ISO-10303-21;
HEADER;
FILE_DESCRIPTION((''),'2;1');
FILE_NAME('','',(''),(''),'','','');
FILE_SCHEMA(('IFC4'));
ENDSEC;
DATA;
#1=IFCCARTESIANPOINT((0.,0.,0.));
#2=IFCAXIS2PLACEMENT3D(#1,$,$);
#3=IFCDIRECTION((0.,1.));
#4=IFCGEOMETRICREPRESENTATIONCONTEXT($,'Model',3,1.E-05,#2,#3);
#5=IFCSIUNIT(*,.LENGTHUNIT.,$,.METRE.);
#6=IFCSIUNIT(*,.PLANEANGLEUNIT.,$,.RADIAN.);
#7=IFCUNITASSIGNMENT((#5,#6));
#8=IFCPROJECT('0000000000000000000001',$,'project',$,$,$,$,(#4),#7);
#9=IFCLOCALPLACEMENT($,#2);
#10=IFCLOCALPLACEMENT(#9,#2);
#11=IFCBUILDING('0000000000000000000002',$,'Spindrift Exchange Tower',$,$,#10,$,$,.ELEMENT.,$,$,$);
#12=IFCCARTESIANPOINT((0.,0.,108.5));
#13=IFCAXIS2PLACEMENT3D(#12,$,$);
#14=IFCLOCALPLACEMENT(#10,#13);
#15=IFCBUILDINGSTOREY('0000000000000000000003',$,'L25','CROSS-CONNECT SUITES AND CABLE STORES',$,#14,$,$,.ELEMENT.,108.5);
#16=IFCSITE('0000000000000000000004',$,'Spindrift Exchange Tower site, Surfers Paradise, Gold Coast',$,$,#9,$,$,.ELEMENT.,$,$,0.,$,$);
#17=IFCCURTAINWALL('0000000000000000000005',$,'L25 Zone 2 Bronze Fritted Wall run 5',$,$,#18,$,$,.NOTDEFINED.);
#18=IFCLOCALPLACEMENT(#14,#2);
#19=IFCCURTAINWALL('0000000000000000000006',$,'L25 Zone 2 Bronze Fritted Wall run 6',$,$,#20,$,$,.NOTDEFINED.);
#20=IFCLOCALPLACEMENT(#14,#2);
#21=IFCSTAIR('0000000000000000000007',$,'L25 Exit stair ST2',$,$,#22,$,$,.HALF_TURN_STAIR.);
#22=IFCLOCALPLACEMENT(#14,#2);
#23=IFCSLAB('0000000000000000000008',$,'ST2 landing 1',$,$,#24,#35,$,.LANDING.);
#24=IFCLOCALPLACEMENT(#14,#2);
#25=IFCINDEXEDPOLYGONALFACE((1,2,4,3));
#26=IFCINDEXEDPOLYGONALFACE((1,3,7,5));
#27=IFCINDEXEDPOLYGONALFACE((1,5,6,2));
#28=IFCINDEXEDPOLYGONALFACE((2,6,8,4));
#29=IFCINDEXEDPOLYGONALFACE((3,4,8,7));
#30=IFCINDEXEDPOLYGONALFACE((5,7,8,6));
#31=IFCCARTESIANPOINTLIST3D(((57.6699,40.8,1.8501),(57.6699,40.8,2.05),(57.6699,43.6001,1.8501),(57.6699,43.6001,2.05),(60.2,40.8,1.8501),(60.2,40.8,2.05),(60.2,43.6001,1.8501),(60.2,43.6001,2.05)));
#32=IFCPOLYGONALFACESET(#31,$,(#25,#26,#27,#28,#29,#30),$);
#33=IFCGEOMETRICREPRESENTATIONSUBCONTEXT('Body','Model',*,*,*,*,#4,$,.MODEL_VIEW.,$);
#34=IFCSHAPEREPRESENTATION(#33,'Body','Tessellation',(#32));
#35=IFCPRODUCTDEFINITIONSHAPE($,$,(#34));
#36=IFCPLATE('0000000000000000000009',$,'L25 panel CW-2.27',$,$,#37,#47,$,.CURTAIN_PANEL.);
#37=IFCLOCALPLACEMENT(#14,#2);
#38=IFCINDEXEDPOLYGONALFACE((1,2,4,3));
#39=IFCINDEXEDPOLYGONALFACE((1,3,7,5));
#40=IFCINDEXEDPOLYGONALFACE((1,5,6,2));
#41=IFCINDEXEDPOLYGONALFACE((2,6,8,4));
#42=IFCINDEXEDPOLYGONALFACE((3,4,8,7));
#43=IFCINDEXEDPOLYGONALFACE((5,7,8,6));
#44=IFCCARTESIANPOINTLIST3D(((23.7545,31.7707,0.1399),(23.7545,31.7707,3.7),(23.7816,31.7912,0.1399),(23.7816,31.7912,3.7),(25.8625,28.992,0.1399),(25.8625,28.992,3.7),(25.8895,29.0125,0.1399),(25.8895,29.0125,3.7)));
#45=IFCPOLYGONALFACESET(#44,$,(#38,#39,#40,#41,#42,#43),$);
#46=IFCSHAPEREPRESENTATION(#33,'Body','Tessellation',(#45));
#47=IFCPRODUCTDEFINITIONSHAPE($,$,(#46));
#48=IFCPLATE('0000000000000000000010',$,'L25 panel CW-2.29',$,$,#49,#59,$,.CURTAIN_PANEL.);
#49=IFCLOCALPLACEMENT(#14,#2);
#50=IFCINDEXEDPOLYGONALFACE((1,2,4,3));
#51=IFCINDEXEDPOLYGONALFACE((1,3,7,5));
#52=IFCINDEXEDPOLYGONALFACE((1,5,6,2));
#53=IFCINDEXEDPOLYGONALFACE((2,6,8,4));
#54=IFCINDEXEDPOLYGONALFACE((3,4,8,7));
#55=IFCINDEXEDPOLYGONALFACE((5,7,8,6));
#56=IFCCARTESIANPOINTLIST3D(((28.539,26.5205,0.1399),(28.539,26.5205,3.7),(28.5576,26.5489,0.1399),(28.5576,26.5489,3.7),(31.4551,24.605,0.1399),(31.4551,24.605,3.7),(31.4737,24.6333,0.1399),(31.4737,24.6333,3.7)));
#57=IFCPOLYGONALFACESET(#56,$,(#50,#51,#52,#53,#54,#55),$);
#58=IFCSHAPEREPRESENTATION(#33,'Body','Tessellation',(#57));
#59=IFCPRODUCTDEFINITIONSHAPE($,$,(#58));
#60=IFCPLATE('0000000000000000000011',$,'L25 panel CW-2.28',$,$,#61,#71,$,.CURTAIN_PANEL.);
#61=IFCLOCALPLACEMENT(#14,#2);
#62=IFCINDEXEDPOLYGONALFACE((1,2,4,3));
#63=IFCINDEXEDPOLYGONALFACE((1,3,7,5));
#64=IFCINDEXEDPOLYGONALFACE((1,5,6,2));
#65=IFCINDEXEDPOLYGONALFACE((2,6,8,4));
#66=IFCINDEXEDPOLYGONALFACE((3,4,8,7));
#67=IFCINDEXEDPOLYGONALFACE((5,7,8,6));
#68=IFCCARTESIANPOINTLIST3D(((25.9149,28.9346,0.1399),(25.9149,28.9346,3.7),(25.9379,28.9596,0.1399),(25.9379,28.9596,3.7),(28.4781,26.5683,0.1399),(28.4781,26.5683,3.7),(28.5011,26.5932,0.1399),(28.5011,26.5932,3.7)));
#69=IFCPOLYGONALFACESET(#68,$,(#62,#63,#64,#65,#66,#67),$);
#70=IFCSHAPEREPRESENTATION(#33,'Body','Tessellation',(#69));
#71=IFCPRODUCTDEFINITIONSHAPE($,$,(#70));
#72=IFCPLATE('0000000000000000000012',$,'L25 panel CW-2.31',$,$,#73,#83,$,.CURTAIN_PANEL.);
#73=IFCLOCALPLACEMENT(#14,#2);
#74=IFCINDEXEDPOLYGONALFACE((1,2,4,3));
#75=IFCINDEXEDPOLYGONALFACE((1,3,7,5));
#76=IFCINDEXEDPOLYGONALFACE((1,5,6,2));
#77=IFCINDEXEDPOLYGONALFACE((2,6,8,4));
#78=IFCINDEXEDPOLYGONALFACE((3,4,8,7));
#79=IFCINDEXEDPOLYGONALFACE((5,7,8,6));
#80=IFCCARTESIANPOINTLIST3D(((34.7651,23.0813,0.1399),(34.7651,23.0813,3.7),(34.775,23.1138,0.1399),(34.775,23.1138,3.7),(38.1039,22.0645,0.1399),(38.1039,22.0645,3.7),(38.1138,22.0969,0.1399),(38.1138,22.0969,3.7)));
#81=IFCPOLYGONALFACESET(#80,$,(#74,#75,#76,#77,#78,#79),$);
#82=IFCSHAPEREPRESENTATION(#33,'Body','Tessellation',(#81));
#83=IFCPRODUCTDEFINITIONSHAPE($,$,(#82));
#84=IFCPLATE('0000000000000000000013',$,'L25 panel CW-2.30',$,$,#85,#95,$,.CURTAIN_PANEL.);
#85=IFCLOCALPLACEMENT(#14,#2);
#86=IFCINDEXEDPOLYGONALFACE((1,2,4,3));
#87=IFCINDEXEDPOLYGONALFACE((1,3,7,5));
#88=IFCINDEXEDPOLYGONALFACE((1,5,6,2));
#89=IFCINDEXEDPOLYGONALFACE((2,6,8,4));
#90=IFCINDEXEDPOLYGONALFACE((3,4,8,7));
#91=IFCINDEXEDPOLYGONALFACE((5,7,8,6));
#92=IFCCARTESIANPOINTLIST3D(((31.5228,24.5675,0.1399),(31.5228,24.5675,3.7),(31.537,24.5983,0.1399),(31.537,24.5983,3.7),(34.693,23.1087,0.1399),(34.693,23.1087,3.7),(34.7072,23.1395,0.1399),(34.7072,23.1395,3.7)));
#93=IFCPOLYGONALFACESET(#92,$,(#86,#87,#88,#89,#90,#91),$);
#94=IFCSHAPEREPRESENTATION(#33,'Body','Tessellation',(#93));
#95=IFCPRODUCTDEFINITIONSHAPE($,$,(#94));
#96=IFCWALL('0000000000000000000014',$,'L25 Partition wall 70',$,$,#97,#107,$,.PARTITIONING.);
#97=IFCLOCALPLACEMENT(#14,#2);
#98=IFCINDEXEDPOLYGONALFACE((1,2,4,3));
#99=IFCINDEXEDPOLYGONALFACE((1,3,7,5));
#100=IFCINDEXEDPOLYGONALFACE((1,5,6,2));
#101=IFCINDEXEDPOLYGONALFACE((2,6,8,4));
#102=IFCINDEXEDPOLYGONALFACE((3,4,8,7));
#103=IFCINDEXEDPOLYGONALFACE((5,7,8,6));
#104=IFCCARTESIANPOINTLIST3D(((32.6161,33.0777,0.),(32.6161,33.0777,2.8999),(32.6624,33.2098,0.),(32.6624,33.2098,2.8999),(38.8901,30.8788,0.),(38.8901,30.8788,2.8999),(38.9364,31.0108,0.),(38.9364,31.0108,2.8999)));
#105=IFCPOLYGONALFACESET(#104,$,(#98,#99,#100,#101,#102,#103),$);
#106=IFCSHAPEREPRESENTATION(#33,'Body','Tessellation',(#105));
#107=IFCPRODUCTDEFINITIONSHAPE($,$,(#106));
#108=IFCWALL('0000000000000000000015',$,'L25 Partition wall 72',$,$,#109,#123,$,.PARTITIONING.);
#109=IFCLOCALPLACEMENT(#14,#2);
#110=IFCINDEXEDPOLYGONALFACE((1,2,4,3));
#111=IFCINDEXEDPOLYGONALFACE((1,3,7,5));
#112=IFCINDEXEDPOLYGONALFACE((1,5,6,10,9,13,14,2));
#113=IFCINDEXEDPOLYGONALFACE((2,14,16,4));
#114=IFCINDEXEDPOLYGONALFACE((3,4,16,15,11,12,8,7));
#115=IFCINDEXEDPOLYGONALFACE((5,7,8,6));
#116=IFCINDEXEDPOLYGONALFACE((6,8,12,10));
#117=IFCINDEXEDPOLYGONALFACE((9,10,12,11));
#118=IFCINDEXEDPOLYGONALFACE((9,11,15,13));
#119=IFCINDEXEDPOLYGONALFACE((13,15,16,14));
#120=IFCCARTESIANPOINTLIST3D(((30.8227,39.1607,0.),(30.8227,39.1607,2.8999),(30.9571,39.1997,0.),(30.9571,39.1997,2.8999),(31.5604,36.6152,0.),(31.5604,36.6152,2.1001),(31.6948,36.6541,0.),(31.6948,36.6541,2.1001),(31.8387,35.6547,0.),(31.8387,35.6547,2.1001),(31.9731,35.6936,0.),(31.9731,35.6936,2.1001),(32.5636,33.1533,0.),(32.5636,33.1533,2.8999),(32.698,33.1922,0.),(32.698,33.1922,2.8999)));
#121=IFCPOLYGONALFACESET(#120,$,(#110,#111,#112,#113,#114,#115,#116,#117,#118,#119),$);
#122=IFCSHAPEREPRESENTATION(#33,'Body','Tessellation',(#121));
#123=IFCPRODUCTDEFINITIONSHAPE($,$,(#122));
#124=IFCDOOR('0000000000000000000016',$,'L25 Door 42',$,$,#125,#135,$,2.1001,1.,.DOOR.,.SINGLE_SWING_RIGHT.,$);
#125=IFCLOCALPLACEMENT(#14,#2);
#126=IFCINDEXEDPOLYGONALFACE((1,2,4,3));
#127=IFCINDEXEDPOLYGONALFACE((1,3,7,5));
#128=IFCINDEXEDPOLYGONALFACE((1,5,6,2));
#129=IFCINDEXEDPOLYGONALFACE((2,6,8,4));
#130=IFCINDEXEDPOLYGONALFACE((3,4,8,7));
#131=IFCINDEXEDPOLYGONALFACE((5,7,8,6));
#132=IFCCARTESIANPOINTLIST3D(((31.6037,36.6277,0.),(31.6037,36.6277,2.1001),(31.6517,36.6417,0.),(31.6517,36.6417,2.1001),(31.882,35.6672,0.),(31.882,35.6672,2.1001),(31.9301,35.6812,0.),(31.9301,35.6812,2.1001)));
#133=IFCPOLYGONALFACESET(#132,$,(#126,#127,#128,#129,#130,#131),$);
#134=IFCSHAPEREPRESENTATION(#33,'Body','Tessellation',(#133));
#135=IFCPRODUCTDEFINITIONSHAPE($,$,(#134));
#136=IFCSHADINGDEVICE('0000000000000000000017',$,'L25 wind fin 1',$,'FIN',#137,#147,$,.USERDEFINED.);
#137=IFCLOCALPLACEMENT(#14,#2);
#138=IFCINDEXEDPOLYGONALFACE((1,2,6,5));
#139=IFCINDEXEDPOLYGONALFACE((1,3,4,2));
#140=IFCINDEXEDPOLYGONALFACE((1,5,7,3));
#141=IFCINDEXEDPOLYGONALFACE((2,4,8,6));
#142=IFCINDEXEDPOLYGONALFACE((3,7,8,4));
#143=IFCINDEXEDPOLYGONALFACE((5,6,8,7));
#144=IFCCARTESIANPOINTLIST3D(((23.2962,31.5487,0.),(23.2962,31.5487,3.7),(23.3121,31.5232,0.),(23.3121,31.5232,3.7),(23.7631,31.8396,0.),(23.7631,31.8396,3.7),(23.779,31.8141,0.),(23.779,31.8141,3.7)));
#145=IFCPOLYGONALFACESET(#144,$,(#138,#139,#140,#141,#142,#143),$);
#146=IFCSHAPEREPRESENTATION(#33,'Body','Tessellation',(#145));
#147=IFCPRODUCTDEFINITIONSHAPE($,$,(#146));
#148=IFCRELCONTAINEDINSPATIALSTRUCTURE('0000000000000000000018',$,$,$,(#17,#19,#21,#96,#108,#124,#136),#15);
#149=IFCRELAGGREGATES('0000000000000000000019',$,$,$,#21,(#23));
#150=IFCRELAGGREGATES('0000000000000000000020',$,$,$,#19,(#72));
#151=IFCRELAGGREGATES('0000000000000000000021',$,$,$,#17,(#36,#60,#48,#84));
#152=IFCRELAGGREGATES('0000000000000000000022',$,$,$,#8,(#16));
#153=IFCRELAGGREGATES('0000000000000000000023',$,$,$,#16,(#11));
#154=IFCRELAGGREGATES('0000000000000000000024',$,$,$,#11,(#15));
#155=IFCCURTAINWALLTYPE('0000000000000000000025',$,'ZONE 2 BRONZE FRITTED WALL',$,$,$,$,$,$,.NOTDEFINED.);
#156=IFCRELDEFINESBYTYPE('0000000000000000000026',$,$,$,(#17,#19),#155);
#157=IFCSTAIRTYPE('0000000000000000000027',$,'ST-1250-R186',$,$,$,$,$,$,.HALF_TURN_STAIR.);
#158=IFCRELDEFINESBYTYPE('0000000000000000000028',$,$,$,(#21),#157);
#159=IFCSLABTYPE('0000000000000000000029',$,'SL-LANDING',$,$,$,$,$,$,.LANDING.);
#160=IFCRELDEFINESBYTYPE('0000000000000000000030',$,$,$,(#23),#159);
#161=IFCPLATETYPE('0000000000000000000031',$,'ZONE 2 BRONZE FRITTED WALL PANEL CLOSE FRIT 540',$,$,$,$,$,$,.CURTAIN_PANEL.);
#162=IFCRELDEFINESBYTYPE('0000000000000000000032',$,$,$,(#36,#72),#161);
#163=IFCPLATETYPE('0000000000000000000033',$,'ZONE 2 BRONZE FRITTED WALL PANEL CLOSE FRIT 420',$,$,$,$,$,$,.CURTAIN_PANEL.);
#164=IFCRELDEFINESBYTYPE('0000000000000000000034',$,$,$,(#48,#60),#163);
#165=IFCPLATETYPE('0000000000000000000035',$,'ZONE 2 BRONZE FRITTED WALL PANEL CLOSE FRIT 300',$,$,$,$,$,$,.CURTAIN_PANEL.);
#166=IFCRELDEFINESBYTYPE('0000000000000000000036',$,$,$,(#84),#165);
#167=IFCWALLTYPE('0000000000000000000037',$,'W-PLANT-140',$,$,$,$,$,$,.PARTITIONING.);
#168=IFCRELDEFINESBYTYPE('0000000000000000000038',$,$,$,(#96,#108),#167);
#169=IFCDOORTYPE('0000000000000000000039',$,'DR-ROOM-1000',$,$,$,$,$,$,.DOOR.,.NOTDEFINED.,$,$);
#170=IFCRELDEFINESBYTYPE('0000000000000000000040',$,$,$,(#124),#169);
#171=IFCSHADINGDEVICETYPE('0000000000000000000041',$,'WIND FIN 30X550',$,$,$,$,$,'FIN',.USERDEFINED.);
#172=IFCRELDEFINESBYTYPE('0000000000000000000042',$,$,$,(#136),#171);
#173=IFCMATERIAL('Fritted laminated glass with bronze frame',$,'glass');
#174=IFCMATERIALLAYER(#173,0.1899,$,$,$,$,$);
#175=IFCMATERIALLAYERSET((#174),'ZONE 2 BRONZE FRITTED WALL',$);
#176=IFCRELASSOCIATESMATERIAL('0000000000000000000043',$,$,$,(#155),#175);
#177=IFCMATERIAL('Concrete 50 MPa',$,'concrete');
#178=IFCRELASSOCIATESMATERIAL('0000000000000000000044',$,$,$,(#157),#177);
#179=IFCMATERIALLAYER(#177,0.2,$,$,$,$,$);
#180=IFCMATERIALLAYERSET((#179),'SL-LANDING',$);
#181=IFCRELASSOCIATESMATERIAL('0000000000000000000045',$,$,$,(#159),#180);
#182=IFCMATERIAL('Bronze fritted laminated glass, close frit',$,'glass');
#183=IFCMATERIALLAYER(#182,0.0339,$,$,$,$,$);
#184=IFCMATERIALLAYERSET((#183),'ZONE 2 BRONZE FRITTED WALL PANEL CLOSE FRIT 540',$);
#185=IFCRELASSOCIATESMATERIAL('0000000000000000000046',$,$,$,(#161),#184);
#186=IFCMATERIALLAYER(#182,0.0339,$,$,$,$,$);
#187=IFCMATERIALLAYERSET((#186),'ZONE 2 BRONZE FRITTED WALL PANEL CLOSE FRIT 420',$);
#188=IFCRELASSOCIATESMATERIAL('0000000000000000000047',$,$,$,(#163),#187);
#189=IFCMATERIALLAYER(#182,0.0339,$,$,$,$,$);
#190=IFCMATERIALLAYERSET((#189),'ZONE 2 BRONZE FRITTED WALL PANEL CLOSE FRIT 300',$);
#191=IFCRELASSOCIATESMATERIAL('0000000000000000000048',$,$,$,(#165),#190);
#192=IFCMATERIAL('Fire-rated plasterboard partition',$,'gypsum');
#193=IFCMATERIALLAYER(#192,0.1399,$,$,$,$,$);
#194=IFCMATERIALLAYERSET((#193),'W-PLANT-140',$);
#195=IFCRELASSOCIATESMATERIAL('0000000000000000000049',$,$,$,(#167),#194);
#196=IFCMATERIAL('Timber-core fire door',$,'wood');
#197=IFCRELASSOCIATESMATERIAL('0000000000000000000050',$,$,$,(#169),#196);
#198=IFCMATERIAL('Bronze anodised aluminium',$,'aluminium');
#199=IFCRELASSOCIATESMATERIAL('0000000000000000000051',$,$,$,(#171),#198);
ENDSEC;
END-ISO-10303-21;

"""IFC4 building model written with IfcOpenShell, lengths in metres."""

from ifc_helpers import new_model, si_unit, direction, frame, frame_2d, origin, origin_2d, place, context, subcontext, project, spatial, line, indexed_curve, rectangle, outline, extrude, source, transform, mapped, material, layer, layer_set, material_profile, profile_set, type_object, element, fill, aggregate, save


model = new_model("IFC4")

# Units and contexts
model_context = context("Model", 3, precision=1e-05, world=origin(), true_north=direction((0.0, 1.0)))
body_context = subcontext(model_context, "Body", "Model", "MODEL_VIEW")
ifc_project = project(units=[si_unit("LENGTHUNIT", "METRE"), si_unit("PLANEANGLEUNIT", "RADIAN")], contexts=[model_context])

# Site, building, storey
site_placement = place(None, origin())
site = spatial("IfcSite", under=ifc_project, at=site_placement, Name="Spindrift Exchange Tower site, Surfers Paradise, Gold Coast", CompositionType="ELEMENT", RefElevation=0.0)
building_placement = place(site_placement, origin())
building = spatial("IfcBuilding", under=site, at=building_placement, Name="Spindrift Exchange Tower", CompositionType="ELEMENT")
storey_placement = place(building_placement, frame((0.0, 0.0, 108.5)))
storey = spatial("IfcBuildingStorey", under=building, at=storey_placement, Name="L25", Description="CROSS-CONNECT SUITES AND CABLE STORES", CompositionType="ELEMENT", Elevation=108.5)

# Curtain wall
ifc_material_1 = material(Name="Fritted laminated glass with bronze frame", Category="glass")
ifc_layer_1 = layer(ifc_material_1, 0.1899)
ifc_layer_set_1 = layer_set([ifc_layer_1], Name="ZONE 2 BRONZE FRITTED WALL")
curtain_wall_type = type_object("IfcCurtainWallType", Name="ZONE 2 BRONZE FRITTED WALL", PredefinedType="NOTDEFINED", material=ifc_layer_set_1)
curtain_wall_1_placement = place(storey_placement, origin())
curtain_wall_1 = element("IfcCurtainWall", 1, at=curtain_wall_1_placement, inside=storey, type_object=curtain_wall_type, Name="L25 Zone 2 Bronze Fritted Wall run 5", PredefinedType="NOTDEFINED")
ifc_material_2 = material(Name="Bronze anodised aluminium", Category="aluminium")

# Curtain wall
curtain_wall_2_placement = place(storey_placement, origin())
curtain_wall_2 = element("IfcCurtainWall", 2, at=curtain_wall_2_placement, inside=storey, type_object=curtain_wall_type, Name="L25 Zone 2 Bronze Fritted Wall run 6", PredefinedType="NOTDEFINED")

# Shared definitions
ifc_material_3 = material(Name="Concrete 50 MPa", Category="concrete")

# Stair, slab
stair_type = type_object("IfcStairType", Name="ST-1250-R186", PredefinedType="HALF_TURN_STAIR", material=ifc_material_3)
ifc_layer_2 = layer(ifc_material_3, 0.2)
ifc_layer_set_2 = layer_set([ifc_layer_2], Name="SL-LANDING")
slab_type_1 = type_object("IfcSlabType", Name="SL-LANDING", PredefinedType="LANDING", material=ifc_layer_set_2)
stair_1_placement = place(storey_placement, origin())
stair_1 = element("IfcStair", 3, at=stair_1_placement, inside=storey, type_object=stair_type, Name="L25 Exit stair ST2", PredefinedType="HALF_TURN_STAIR")
slab_1_placement = place(storey_placement, frame((0.0, 0.0, 1.8501)))
slab_1 = element("IfcSlab", 4, at=slab_1_placement, type_object=slab_type_1, Name="ST2 landing 1", PredefinedType="LANDING", context=body_context, shape_type="SweptSolid", body=[
    extrude(outline(indexed_curve([(57.6699, 43.6001), (60.2, 43.6001), (60.2, 40.8), (57.6699, 40.8)], segments=[line(1, 2, 3, 4, 1)], self_intersect=False)), origin(), (0.0, 0.0, 1.0), 0.2),
])
aggregate(stair_1, [slab_1])

# Plates
ifc_material_4 = material(Name="Bronze fritted laminated glass, close frit", Category="glass")
ifc_layer_3 = layer(ifc_material_4, 0.0339)
ifc_layer_set_3 = layer_set([ifc_layer_3], Name="ZONE 2 BRONZE FRITTED WALL PANEL CLOSE FRIT 540")
plate_type_1 = type_object("IfcPlateType", Name="ZONE 2 BRONZE FRITTED WALL PANEL CLOSE FRIT 540", PredefinedType="CURTAIN_PANEL", material=ifc_layer_set_3)
shared_shape_1 = source(origin(), body_context, "Body", "SweptSolid", [
    extrude(rectangle(XDim=3.4878, YDim=0.0339, at=origin_2d()), origin(), (0.0, 0.0, 1.0), 3.5601),
])
plate_1_placement = place(storey_placement, frame((24.822, 30.3916, 0.1399), z_axis=(0.0, 0.0, 1.0), x_axis=(0.604378, -0.796698, 0.0)))
plate_1 = element("IfcPlate", 5, at=plate_1_placement, type_object=plate_type_1, Name="L25 panel CW-2.27", PredefinedType="CURTAIN_PANEL", context=body_context, shape_type="MappedRepresentation", body=[
    mapped(shared_shape_1, transform((0.0, 0.0, 0.0), scale=1.0)),
])
ifc_layer_4 = layer(ifc_material_4, 0.0339)
ifc_layer_set_4 = layer_set([ifc_layer_4], Name="ZONE 2 BRONZE FRITTED WALL PANEL CLOSE FRIT 420")
plate_type_2 = type_object("IfcPlateType", Name="ZONE 2 BRONZE FRITTED WALL PANEL CLOSE FRIT 420", PredefinedType="CURTAIN_PANEL", material=ifc_layer_set_4)
shared_shape_2 = source(origin(), body_context, "Body", "SweptSolid", [
    extrude(rectangle(XDim=3.489, YDim=0.0339, at=origin_2d()), origin(), (0.0, 0.0, 1.0), 3.5601),
])
plate_2_placement = place(storey_placement, frame((30.0063, 25.5769, 0.1399), z_axis=(0.0, 0.0, 1.0), x_axis=(0.835808, -0.549021, 0.0)))
plate_2 = element("IfcPlate", 6, at=plate_2_placement, type_object=plate_type_2, Name="L25 panel CW-2.29", PredefinedType="CURTAIN_PANEL", context=body_context, shape_type="MappedRepresentation", body=[
    mapped(shared_shape_2, transform((0.0, 0.0, 0.0), scale=1.0)),
])
shared_shape_3 = source(origin(), body_context, "Body", "SweptSolid", [
    extrude(rectangle(XDim=3.4885, YDim=0.0339, at=origin_2d()), origin(), (0.0, 0.0, 1.0), 3.5601),
])
plate_3_placement = place(storey_placement, frame((27.208, 27.7639, 0.1399), z_axis=(0.0, 0.0, 1.0), x_axis=(0.734761, -0.678326, 0.0)))
plate_3 = element("IfcPlate", 7, at=plate_3_placement, type_object=plate_type_2, Name="L25 panel CW-2.28", PredefinedType="CURTAIN_PANEL", context=body_context, shape_type="MappedRepresentation", body=[
    mapped(shared_shape_3, transform((0.0, 0.0, 0.0), scale=1.0)),
])
shared_shape_4 = source(origin(), body_context, "Body", "SweptSolid", [
    extrude(rectangle(XDim=3.4902, YDim=0.0339, at=origin_2d()), origin(), (0.0, 0.0, 1.0), 3.5601),
])
plate_4_placement = place(storey_placement, frame((36.4395, 22.5891, 0.1399), z_axis=(0.0, 0.0, 1.0), x_axis=(0.95662, -0.291338, 0.0)))
plate_4 = element("IfcPlate", 8, at=plate_4_placement, type_object=plate_type_1, Name="L25 panel CW-2.31", PredefinedType="CURTAIN_PANEL", context=body_context, shape_type="MappedRepresentation", body=[
    mapped(shared_shape_4, transform((0.0, 0.0, 0.0), scale=1.0)),
])
aggregate(curtain_wall_2, [plate_4])
ifc_layer_5 = layer(ifc_material_4, 0.0339)
ifc_layer_set_5 = layer_set([ifc_layer_5], Name="ZONE 2 BRONZE FRITTED WALL PANEL CLOSE FRIT 300")
plate_type_3 = type_object("IfcPlateType", Name="ZONE 2 BRONZE FRITTED WALL PANEL CLOSE FRIT 300", PredefinedType="CURTAIN_PANEL", material=ifc_layer_set_5)
shared_shape_5 = source(origin(), body_context, "Body", "SweptSolid", [
    extrude(rectangle(XDim=3.4897, YDim=0.0339, at=origin_2d()), origin(), (0.0, 0.0, 1.0), 3.5601),
])
plate_5_placement = place(storey_placement, frame((33.115, 23.8535, 0.1399), z_axis=(0.0, 0.0, 1.0), x_axis=(0.908433, -0.41803, 0.0)))
plate_5 = element("IfcPlate", 9, at=plate_5_placement, type_object=plate_type_3, Name="L25 panel CW-2.30", PredefinedType="CURTAIN_PANEL", context=body_context, shape_type="MappedRepresentation", body=[
    mapped(shared_shape_5, transform((0.0, 0.0, 0.0), scale=1.0)),
])
aggregate(curtain_wall_1, [plate_1, plate_3, plate_2, plate_5])

# Wall
ifc_material_5 = material(Name="Fire-rated plasterboard partition", Category="gypsum")
ifc_layer_6 = layer(ifc_material_5, 0.1399)
ifc_layer_set_6 = layer_set([ifc_layer_6], Name="W-PLANT-140")
wall_type = type_object("IfcWallType", Name="W-PLANT-140", PredefinedType="PARTITIONING", material=ifc_layer_set_6)
wall_1_placement = place(storey_placement, frame((32.6392, 33.1438, 0.0), z_axis=(0.0, 0.0, 1.0), x_axis=(0.943713, -0.330766, 0.0)))
element("IfcWall", 10, at=wall_1_placement, inside=storey, type_object=wall_type, Name="L25 Partition wall 70", PredefinedType="PARTITIONING", context=body_context, shape_type="SweptSolid", body=[
    extrude(rectangle(XDim=6.6482, YDim=0.1399, at=frame_2d((3.3242, 0.0))), origin(), (0.0, 0.0, 1.0), 2.8999),
])

# Wall, opening, door
wall_2_placement = place(storey_placement, frame((32.6309, 33.1726, 0.0), z_axis=(0.0, 0.0, 1.0), x_axis=(-0.278343, 0.960482, 0.0)))
wall_2 = element("IfcWall", 11, at=wall_2_placement, inside=storey, type_object=wall_type, Name="L25 Partition wall 72", PredefinedType="PARTITIONING", context=body_context, shape_type="SweptSolid", body=[
    extrude(rectangle(XDim=6.2546, YDim=0.1399, at=frame_2d((3.1274, 0.0))), origin(), (0.0, 0.0, 1.0), 2.8999),
])
opening_placement = place(wall_2_placement, frame((2.6045, 0.0, 0.0)))
opening = element("IfcOpeningElement", 12, at=opening_placement, cuts=wall_2, PredefinedType="OPENING", context=body_context, shape_type="SweptSolid", body=[
    extrude(rectangle(XDim=1.0, YDim=2.1001, at=frame_2d((0.5, 1.05))), frame((0.0, 0.0798, 0.0), z_axis=(0.0, -1.0, 0.0), x_axis=(1.0, 0.0, 0.0)), (0.0, 0.0, 1.0), 0.1599),
])
ifc_material_6 = material(Name="Timber-core fire door", Category="wood")
door_type = type_object("IfcDoorType", Name="DR-ROOM-1000", OperationType="NOTDEFINED", PredefinedType="DOOR", material=ifc_material_6)
shared_shape_6 = source(origin(), body_context, "Body", "SweptSolid", [
    extrude(rectangle(XDim=1.0, YDim=2.1001, at=frame_2d((0.5, 1.05))), frame((0.0, 0.0249, 0.0), z_axis=(0.0, -1.0, 0.0), x_axis=(1.0, 0.0, 0.0)), (0.0, 0.0, 1.0), 0.05),
])
door_placement = place(opening_placement, origin())
door = element("IfcDoor", 13, at=door_placement, inside=storey, type_object=door_type, Name="L25 Door 42", OperationType="SINGLE_SWING_RIGHT", OverallHeight=2.1001, OverallWidth=1.0, PredefinedType="DOOR", context=body_context, shape_type="MappedRepresentation", body=[
    mapped(shared_shape_6, transform((0.0, 0.0, 0.0), scale=1.0)),
])
fill(opening, door)

# Shading device
ifc_material_profile_1 = material_profile(ifc_material_2, rectangle(XDim=0.03, YDim=0.55, at=origin_2d()), Name="WIND FIN 30X550")
ifc_profile_set_1 = profile_set([ifc_material_profile_1], Name="Bronze anodised aluminium")
shading_device_type = type_object("IfcShadingDeviceType", Name="WIND FIN 30X550", ElementType="FIN", PredefinedType="USERDEFINED", material=ifc_profile_set_1)
shared_shape_7 = source(origin(), body_context, "Body", "SweptSolid", [
    extrude(rectangle(XDim=0.03, YDim=0.55, at=origin_2d()), origin(), (0.0, 0.0, 1.0), 3.7),
])
shading_device_placement = place(storey_placement, frame((23.5376, 31.6814, 0.0), z_axis=(0.0, 0.0, 1.0), x_axis=(0.528877, -0.848699, 0.0)))
element("IfcShadingDevice", 14, at=shading_device_placement, inside=storey, type_object=shading_device_type, Name="L25 wind fin 1", ObjectType="FIN", PredefinedType="USERDEFINED", context=body_context, shape_type="MappedRepresentation", body=[
    mapped(shared_shape_7, transform((0.0, 0.0, 0.0), scale=1.0)),
])

save(model, "model.ifc")
